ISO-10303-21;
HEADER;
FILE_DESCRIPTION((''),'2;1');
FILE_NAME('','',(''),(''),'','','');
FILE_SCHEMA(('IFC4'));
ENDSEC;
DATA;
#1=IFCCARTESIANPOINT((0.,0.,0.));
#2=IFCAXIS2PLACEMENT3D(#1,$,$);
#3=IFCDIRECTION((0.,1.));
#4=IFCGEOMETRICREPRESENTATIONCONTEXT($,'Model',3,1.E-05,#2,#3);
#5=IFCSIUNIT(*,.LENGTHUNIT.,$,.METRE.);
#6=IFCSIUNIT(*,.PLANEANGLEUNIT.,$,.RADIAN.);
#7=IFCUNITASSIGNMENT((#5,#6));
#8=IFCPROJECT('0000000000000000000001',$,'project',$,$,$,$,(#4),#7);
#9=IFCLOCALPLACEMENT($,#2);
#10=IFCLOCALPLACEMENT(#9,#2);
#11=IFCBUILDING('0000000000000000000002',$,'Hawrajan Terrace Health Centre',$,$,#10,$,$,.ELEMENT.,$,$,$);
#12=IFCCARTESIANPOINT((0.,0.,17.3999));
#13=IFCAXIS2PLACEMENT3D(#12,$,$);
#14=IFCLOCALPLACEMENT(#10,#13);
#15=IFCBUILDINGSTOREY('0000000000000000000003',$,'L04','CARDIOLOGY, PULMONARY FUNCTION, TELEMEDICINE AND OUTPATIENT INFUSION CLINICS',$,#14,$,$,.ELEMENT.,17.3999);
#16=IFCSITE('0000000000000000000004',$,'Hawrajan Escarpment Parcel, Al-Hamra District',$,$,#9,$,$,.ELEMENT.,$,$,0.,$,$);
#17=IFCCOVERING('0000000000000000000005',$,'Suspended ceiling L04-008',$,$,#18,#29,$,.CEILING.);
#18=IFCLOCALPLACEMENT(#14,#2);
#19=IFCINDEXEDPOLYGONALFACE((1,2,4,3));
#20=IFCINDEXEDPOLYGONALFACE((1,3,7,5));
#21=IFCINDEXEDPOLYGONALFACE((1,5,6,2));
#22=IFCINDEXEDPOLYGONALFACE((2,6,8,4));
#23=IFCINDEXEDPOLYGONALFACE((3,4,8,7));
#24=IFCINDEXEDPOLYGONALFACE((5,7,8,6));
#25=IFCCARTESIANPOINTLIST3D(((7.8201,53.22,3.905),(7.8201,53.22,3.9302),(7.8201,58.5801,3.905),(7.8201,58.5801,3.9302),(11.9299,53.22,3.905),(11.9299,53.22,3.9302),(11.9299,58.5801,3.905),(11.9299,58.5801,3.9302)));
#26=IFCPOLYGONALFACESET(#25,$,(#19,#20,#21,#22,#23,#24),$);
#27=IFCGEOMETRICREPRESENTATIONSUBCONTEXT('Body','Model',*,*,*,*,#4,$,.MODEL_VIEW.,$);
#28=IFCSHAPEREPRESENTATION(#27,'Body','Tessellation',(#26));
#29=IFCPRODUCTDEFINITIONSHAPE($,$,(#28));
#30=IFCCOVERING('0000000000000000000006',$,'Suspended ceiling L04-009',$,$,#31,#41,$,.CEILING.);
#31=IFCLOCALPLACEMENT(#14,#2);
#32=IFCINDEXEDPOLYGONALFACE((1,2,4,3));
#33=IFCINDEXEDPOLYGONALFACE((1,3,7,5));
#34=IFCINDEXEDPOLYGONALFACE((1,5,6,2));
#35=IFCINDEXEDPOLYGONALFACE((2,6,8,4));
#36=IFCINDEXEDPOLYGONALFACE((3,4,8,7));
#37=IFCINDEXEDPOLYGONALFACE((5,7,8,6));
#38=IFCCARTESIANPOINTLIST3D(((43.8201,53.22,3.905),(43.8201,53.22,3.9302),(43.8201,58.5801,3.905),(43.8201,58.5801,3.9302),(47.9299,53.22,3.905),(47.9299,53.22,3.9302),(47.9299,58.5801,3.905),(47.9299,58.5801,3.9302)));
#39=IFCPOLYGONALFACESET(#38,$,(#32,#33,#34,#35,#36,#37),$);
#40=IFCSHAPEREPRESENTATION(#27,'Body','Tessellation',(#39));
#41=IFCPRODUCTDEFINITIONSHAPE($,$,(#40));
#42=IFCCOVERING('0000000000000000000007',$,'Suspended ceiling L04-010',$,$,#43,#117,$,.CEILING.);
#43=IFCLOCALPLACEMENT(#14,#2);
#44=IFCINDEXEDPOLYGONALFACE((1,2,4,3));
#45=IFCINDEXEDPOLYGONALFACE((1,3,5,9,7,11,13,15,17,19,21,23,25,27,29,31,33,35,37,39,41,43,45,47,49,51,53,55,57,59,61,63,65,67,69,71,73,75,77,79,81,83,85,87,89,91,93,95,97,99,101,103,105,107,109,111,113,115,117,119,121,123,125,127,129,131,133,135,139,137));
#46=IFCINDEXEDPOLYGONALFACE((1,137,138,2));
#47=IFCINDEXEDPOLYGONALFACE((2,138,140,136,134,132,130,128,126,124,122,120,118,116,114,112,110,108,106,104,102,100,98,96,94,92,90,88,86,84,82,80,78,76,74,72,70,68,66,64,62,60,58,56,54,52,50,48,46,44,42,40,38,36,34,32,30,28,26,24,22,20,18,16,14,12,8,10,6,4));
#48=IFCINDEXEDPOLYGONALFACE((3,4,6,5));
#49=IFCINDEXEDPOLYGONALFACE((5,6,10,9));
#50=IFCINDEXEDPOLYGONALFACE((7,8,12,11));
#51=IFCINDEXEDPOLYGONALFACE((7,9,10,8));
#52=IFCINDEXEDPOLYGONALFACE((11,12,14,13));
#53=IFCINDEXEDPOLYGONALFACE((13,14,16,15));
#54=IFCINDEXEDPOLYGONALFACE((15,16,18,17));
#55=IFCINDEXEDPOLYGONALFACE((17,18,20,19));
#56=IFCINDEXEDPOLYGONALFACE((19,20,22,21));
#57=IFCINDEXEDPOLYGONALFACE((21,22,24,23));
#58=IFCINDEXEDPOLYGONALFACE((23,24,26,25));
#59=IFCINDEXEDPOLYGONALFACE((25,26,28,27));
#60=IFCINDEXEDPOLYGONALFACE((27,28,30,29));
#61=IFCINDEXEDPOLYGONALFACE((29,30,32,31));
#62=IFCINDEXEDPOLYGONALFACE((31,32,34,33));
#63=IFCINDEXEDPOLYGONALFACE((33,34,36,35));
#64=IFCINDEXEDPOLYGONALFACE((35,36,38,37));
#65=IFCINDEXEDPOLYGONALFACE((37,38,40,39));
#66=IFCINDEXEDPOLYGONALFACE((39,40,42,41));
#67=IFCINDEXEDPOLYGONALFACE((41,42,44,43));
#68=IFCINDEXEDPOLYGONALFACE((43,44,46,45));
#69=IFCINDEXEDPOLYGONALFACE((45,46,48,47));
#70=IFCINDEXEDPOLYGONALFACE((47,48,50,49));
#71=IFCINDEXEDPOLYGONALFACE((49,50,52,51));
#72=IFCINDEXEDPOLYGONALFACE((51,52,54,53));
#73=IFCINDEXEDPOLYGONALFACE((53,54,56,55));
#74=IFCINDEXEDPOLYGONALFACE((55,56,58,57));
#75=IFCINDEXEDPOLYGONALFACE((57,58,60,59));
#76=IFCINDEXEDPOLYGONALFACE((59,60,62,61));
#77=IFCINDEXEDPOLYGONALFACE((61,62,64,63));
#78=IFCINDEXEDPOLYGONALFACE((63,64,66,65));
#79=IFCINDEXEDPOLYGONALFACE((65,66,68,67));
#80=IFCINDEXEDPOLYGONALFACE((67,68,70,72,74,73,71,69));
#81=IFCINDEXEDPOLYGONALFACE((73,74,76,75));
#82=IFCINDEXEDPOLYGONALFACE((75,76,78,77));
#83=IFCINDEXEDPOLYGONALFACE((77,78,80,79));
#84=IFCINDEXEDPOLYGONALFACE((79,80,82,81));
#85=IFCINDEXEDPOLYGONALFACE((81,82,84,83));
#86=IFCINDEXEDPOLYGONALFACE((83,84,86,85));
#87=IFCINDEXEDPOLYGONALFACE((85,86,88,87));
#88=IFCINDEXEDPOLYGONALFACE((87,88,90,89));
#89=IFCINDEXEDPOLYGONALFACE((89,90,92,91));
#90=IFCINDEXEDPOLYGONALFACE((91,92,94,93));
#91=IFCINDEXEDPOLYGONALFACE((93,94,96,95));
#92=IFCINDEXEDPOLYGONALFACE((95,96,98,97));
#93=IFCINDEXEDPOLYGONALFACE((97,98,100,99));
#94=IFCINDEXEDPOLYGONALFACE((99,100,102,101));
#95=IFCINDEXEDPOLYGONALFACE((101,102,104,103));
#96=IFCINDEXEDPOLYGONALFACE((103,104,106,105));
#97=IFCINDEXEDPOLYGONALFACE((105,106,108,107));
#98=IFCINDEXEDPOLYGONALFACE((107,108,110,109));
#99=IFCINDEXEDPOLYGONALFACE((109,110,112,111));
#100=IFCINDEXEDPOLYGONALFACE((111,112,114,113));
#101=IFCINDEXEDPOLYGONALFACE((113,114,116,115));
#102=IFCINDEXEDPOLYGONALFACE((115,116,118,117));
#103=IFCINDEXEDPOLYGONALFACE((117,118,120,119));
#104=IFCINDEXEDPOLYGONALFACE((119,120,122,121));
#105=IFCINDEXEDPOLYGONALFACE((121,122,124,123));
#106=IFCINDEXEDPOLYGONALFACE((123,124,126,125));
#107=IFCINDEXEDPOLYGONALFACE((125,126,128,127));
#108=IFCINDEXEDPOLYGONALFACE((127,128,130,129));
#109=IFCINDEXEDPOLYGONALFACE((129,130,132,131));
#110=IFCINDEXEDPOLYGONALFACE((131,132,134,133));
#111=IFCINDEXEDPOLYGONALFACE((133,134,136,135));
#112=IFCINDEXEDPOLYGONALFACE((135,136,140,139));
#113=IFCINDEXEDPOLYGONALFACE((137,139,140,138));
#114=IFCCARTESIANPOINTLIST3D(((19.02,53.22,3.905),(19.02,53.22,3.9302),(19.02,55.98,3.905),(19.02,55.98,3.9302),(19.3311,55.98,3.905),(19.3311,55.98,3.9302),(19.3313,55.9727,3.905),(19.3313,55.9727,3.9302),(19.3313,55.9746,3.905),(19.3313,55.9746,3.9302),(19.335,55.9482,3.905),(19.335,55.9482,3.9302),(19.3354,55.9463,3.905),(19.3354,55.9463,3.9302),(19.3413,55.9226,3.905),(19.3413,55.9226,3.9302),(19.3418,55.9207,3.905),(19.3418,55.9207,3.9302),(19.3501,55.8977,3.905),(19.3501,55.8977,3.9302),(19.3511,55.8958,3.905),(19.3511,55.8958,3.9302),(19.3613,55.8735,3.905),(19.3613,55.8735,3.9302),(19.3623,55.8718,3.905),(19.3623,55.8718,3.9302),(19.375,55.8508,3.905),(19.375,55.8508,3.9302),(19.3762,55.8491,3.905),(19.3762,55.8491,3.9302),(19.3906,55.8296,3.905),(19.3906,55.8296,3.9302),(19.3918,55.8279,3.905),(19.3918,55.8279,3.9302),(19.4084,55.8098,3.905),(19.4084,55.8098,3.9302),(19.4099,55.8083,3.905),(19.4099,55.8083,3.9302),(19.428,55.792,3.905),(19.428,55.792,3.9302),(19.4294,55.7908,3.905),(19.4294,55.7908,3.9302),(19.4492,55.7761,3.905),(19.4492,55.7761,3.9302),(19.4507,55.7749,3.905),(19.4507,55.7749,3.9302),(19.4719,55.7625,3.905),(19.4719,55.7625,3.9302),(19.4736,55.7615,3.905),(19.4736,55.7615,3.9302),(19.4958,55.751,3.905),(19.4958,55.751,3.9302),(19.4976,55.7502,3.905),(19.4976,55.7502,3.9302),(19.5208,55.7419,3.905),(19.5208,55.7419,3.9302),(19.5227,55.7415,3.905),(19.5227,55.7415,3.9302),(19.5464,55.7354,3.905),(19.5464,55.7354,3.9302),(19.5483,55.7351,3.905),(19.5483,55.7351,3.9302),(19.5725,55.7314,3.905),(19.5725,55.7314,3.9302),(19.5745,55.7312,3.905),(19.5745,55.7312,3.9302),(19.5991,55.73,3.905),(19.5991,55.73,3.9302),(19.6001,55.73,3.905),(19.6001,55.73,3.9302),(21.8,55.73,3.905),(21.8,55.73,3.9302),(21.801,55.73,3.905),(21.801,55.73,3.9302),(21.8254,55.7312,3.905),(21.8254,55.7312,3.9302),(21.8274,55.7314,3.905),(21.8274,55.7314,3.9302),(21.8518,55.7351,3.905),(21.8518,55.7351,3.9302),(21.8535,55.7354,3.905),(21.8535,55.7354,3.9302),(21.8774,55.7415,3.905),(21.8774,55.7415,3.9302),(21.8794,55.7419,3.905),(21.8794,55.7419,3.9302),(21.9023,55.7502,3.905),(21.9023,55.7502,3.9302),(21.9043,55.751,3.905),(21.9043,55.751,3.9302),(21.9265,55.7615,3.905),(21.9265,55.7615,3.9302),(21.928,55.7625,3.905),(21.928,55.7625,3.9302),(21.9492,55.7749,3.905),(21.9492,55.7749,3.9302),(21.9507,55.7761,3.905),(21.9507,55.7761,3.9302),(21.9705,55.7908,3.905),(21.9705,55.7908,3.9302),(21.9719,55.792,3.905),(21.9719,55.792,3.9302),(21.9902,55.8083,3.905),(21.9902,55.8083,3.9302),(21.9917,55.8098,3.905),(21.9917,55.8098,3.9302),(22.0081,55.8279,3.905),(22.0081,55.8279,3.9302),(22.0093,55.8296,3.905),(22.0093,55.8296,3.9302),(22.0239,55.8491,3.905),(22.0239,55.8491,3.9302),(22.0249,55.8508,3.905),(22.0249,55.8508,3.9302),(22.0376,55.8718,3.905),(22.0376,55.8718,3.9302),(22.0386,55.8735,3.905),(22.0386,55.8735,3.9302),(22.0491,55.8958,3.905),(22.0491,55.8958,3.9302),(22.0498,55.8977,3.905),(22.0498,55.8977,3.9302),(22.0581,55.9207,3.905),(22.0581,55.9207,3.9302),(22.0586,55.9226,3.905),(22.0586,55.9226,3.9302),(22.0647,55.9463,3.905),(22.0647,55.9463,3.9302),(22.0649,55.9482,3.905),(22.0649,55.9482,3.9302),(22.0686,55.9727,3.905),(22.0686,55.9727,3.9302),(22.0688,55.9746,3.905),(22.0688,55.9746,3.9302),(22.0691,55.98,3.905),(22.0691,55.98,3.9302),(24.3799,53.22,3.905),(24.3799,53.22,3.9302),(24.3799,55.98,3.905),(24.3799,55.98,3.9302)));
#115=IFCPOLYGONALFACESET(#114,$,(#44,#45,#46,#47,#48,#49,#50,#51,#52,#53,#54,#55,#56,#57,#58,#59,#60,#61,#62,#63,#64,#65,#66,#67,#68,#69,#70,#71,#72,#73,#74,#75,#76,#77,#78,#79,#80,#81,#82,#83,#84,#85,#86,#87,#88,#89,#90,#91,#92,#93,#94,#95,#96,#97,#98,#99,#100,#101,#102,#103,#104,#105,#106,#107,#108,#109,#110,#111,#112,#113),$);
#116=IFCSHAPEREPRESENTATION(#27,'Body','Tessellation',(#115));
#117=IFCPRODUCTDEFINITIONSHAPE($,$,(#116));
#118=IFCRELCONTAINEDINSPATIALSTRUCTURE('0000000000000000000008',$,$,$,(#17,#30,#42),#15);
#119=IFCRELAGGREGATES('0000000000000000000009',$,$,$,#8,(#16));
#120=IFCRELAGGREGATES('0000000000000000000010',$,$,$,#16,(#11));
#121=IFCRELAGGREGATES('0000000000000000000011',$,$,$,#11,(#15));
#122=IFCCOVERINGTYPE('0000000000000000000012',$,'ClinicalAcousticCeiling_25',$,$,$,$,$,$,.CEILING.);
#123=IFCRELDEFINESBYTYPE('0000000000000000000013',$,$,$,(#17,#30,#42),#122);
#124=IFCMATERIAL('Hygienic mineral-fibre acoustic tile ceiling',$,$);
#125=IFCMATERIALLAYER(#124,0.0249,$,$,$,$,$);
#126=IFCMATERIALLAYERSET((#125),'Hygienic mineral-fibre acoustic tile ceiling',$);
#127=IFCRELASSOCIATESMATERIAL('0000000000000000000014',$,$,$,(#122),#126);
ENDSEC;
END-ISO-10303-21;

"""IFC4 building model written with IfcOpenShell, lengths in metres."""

from ifc_helpers import new_model, si_unit, direction, frame, origin, place, context, subcontext, project, spatial, polyline, outline, extrude, material, layer, layer_set, type_object, element, save


model = new_model("IFC4")

# Units and contexts
model_context = context("Model", 3, precision=1e-05, world=origin(), true_north=direction((0.0, 1.0)))
body_context = subcontext(model_context, "Body", "Model", "MODEL_VIEW")
ifc_project = project(units=[si_unit("LENGTHUNIT", "METRE"), si_unit("PLANEANGLEUNIT", "RADIAN")], contexts=[model_context])

# Site, building, storey
site_placement = place(None, origin())
site = spatial("IfcSite", under=ifc_project, at=site_placement, Name="Hawrajan Escarpment Parcel, Al-Hamra District", CompositionType="ELEMENT", RefElevation=0.0)
building_placement = place(site_placement, origin())
building = spatial("IfcBuilding", under=site, at=building_placement, Name="Hawrajan Terrace Health Centre", CompositionType="ELEMENT")
storey_placement = place(building_placement, frame((0.0, 0.0, 17.3999)))
storey = spatial("IfcBuildingStorey", under=building, at=storey_placement, Name="L04", Description="CARDIOLOGY, PULMONARY FUNCTION, TELEMEDICINE AND OUTPATIENT INFUSION CLINICS", CompositionType="ELEMENT", Elevation=17.3999)

# Coverings
ifc_material_1 = material(Name="Hygienic mineral-fibre acoustic tile ceiling")
ifc_layer_1 = layer(ifc_material_1, 0.0249)
ifc_layer_set_1 = layer_set([ifc_layer_1], Name="Hygienic mineral-fibre acoustic tile ceiling")
covering_type_1 = type_object("IfcCoveringType", Name="ClinicalAcousticCeiling_25", PredefinedType="CEILING", material=ifc_layer_set_1)
covering_1_placement = place(storey_placement, frame((0.0, 0.0, 3.905)))
element("IfcCovering", 1, at=covering_1_placement, inside=storey, type_object=covering_type_1, Name="Suspended ceiling L04-008", PredefinedType="CEILING", context=body_context, shape_type="SweptSolid", body=[
    extrude(outline(polyline([(7.8201, 53.22), (7.8201, 58.5801), (11.9299, 58.5801), (11.9299, 53.22), (7.8201, 53.22)])), origin(), (0.0, 0.0, 1.0), 0.0251),
])
covering_2_placement = place(storey_placement, frame((0.0, 0.0, 3.905)))
element("IfcCovering", 2, at=covering_2_placement, inside=storey, type_object=covering_type_1, Name="Suspended ceiling L04-009", PredefinedType="CEILING", context=body_context, shape_type="SweptSolid", body=[
    extrude(outline(polyline([(43.8201, 53.22), (43.8201, 58.5801), (47.9299, 58.5801), (47.9299, 53.22), (43.8201, 53.22)])), origin(), (0.0, 0.0, 1.0), 0.0251),
])
covering_3_placement = place(storey_placement, frame((0.0, 0.0, 3.905)))
element("IfcCovering", 3, at=covering_3_placement, inside=storey, type_object=covering_type_1, Name="Suspended ceiling L04-010", PredefinedType="CEILING", context=body_context, shape_type="SweptSolid", body=[
    extrude(outline(polyline([(24.3799, 55.98), (24.3799, 53.22), (19.02, 53.22), (19.02, 55.98), (19.3311, 55.98), (19.3313, 55.9746), (19.3313, 55.9727), (19.335, 55.9482), (19.3354, 55.9463), (19.3413, 55.9226), (19.3418, 55.9207), (19.3501, 55.8977), (19.3511, 55.8958), (19.3613, 55.8735), (19.3623, 55.8718), (19.375, 55.8508), (19.3762, 55.8491), (19.3906, 55.8296), (19.3918, 55.8279), (19.4084, 55.8098), (19.4099, 55.8083), (19.428, 55.792), (19.4294, 55.7908), (19.4492, 55.7761), (19.4507, 55.7749), (19.4719, 55.7625), (19.4736, 55.7615), (19.4958, 55.751), (19.4976, 55.7502), (19.5208, 55.7419), (19.5227, 55.7415), (19.5464, 55.7354), (19.5483, 55.7351), (19.5725, 55.7314), (19.5745, 55.7312), (19.5991, 55.73), (19.6001, 55.73), (21.8, 55.73), (21.801, 55.73), (21.8254, 55.7312), (21.8274, 55.7314), (21.8518, 55.7351), (21.8535, 55.7354), (21.8774, 55.7415), (21.8794, 55.7419), (21.9023, 55.7502), (21.9043, 55.751), (21.9265, 55.7615), (21.928, 55.7625), (21.9492, 55.7749), (21.9507, 55.7761), (21.9705, 55.7908), (21.9719, 55.792), (21.9902, 55.8083), (21.9917, 55.8098), (22.0081, 55.8279), (22.0093, 55.8296), (22.0239, 55.8491), (22.0249, 55.8508), (22.0376, 55.8718), (22.0386, 55.8735), (22.0491, 55.8958), (22.0498, 55.8977), (22.0581, 55.9207), (22.0586, 55.9226), (22.0647, 55.9463), (22.0649, 55.9482), (22.0686, 55.9727), (22.0688, 55.9746), (22.0691, 55.98), (24.3799, 55.98)])), origin(), (0.0, 0.0, 1.0), 0.0251),
])

save(model, "model.ifc")
